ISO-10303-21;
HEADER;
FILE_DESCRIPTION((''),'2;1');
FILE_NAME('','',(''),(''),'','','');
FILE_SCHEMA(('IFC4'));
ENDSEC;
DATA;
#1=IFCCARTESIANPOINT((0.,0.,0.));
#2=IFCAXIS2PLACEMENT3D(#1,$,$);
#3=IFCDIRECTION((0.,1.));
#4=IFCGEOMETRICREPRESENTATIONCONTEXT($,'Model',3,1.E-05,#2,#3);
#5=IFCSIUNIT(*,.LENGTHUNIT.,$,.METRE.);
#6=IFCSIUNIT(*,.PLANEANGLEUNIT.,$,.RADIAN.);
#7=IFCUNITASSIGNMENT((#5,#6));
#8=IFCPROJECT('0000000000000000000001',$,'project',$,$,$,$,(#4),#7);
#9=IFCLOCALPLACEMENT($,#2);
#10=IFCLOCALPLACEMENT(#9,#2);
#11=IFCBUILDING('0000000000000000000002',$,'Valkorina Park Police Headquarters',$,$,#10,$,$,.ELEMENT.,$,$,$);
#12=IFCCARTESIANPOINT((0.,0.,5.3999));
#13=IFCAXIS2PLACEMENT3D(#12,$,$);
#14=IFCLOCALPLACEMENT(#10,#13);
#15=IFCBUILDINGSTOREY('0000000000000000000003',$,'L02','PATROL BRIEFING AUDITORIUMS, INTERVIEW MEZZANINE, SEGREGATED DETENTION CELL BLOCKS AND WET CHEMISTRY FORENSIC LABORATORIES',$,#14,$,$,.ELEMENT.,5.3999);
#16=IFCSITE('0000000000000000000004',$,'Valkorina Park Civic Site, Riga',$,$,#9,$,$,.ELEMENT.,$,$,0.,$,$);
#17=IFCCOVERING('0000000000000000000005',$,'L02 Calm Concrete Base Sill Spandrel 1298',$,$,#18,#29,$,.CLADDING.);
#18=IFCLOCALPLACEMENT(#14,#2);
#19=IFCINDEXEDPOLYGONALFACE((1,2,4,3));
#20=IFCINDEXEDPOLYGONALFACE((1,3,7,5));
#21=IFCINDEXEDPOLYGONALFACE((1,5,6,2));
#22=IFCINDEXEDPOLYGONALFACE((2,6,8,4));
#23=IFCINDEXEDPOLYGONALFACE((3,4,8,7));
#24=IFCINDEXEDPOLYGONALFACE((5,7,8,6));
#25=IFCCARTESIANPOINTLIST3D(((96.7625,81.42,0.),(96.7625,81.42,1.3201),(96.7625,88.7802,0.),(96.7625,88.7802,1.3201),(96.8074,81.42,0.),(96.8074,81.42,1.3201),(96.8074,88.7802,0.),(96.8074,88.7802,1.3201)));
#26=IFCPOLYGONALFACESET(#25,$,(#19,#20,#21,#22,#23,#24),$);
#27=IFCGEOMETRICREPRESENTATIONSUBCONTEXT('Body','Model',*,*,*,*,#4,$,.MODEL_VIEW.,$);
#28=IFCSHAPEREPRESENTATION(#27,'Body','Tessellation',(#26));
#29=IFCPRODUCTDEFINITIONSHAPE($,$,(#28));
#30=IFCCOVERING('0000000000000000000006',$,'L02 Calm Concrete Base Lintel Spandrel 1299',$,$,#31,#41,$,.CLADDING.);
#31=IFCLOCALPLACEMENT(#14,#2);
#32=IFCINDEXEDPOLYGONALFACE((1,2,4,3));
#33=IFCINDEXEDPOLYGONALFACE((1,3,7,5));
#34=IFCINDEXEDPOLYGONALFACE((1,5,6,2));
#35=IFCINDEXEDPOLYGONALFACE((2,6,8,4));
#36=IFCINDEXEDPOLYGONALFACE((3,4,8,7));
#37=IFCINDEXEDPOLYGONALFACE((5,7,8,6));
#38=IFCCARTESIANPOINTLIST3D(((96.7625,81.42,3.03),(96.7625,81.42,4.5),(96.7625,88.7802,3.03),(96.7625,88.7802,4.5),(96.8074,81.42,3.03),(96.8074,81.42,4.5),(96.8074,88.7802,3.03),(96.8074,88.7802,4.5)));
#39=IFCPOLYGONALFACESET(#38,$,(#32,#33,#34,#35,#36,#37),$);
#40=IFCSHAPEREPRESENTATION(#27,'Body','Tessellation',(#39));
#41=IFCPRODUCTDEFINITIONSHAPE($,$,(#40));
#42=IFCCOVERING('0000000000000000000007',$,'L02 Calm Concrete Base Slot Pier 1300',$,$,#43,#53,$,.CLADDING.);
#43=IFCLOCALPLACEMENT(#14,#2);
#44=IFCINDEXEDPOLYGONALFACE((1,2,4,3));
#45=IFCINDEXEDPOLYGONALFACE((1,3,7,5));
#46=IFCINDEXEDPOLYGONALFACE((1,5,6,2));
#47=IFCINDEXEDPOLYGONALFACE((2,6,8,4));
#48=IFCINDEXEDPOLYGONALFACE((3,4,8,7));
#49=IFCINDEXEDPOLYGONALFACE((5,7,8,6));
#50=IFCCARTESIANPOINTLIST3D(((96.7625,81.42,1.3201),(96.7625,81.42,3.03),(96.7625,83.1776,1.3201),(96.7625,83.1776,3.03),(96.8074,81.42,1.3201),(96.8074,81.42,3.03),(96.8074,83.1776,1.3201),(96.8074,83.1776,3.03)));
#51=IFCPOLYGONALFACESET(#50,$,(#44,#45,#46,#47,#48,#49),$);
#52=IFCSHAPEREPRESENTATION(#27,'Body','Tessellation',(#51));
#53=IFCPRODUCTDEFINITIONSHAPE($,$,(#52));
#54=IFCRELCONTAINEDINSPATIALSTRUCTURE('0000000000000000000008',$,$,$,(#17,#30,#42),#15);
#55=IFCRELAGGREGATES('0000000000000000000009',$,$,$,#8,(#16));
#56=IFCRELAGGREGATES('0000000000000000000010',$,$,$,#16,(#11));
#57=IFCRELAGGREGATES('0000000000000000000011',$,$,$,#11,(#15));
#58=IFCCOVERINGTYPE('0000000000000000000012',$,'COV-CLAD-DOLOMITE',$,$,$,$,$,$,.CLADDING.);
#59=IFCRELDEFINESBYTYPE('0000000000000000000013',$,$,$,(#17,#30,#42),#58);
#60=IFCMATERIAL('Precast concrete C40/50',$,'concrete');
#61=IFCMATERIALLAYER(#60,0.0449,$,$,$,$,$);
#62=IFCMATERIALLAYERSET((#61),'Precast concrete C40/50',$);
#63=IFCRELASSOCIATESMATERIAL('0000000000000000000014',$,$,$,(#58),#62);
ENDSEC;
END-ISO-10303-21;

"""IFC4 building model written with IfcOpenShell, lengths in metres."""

from ifc_helpers import new_model, si_unit, direction, frame, frame_2d, origin, place, context, subcontext, project, spatial, rectangle, extrude, material, layer, layer_set, type_object, element, save


model = new_model("IFC4")

# Units and contexts
model_context = context("Model", 3, precision=1e-05, world=origin(), true_north=direction((0.0, 1.0)))
body_context = subcontext(model_context, "Body", "Model", "MODEL_VIEW")
ifc_project = project(units=[si_unit("LENGTHUNIT", "METRE"), si_unit("PLANEANGLEUNIT", "RADIAN")], contexts=[model_context])

# Site, building, storey
site_placement = place(None, origin())
site = spatial("IfcSite", under=ifc_project, at=site_placement, Name="Valkorina Park Civic Site, Riga", CompositionType="ELEMENT", RefElevation=0.0)
building_placement = place(site_placement, origin())
building = spatial("IfcBuilding", under=site, at=building_placement, Name="Valkorina Park Police Headquarters", CompositionType="ELEMENT")
storey_placement = place(building_placement, frame((0.0, 0.0, 5.3999)))
storey = spatial("IfcBuildingStorey", under=building, at=storey_placement, Name="L02", Description="PATROL BRIEFING AUDITORIUMS, INTERVIEW MEZZANINE, SEGREGATED DETENTION CELL BLOCKS AND WET CHEMISTRY FORENSIC LABORATORIES", CompositionType="ELEMENT", Elevation=5.3999)

# Coverings
ifc_material_1 = material(Name="Precast concrete C40/50", Category="concrete")
ifc_layer_1 = layer(ifc_material_1, 0.0449)
ifc_layer_set_1 = layer_set([ifc_layer_1], Name="Precast concrete C40/50")
covering_type = type_object("IfcCoveringType", Name="COV-CLAD-DOLOMITE", PredefinedType="CLADDING", material=ifc_layer_set_1)
covering_1_placement = place(storey_placement, frame((96.7849, 81.4199, 0.0), z_axis=(0.0, 0.0, 1.0), x_axis=(0.0, 1.0, 0.0)))
element("IfcCovering", 1, at=covering_1_placement, inside=storey, type_object=covering_type, Name="L02 Calm Concrete Base Sill Spandrel 1298", PredefinedType="CLADDING", context=body_context, shape_type="SweptSolid", body=[
    extrude(rectangle(XDim=7.3601, YDim=0.0449, at=frame_2d((3.6802, 0.0))), origin(), (0.0, 0.0, 1.0), 1.3201),
])
covering_2_placement = place(storey_placement, frame((96.7849, 81.4199, 3.03), z_axis=(0.0, 0.0, 1.0), x_axis=(0.0, 1.0, 0.0)))
element("IfcCovering", 2, at=covering_2_placement, inside=storey, type_object=covering_type, Name="L02 Calm Concrete Base Lintel Spandrel 1299", PredefinedType="CLADDING", context=body_context, shape_type="SweptSolid", body=[
    extrude(rectangle(XDim=7.3601, YDim=0.0449, at=frame_2d((3.6802, 0.0))), origin(), (0.0, 0.0, 1.0), 1.47),
])
covering_3_placement = place(storey_placement, frame((96.7849, 81.4199, 1.3201), z_axis=(0.0, 0.0, 1.0), x_axis=(0.0, 1.0, 0.0)))
element("IfcCovering", 3, at=covering_3_placement, inside=storey, type_object=covering_type, Name="L02 Calm Concrete Base Slot Pier 1300", PredefinedType="CLADDING", context=body_context, shape_type="SweptSolid", body=[
    extrude(rectangle(XDim=1.7576, YDim=0.0449, at=frame_2d((0.8789, 0.0))), origin(), (0.0, 0.0, 1.0), 1.71),
])

save(model, "model.ifc")
